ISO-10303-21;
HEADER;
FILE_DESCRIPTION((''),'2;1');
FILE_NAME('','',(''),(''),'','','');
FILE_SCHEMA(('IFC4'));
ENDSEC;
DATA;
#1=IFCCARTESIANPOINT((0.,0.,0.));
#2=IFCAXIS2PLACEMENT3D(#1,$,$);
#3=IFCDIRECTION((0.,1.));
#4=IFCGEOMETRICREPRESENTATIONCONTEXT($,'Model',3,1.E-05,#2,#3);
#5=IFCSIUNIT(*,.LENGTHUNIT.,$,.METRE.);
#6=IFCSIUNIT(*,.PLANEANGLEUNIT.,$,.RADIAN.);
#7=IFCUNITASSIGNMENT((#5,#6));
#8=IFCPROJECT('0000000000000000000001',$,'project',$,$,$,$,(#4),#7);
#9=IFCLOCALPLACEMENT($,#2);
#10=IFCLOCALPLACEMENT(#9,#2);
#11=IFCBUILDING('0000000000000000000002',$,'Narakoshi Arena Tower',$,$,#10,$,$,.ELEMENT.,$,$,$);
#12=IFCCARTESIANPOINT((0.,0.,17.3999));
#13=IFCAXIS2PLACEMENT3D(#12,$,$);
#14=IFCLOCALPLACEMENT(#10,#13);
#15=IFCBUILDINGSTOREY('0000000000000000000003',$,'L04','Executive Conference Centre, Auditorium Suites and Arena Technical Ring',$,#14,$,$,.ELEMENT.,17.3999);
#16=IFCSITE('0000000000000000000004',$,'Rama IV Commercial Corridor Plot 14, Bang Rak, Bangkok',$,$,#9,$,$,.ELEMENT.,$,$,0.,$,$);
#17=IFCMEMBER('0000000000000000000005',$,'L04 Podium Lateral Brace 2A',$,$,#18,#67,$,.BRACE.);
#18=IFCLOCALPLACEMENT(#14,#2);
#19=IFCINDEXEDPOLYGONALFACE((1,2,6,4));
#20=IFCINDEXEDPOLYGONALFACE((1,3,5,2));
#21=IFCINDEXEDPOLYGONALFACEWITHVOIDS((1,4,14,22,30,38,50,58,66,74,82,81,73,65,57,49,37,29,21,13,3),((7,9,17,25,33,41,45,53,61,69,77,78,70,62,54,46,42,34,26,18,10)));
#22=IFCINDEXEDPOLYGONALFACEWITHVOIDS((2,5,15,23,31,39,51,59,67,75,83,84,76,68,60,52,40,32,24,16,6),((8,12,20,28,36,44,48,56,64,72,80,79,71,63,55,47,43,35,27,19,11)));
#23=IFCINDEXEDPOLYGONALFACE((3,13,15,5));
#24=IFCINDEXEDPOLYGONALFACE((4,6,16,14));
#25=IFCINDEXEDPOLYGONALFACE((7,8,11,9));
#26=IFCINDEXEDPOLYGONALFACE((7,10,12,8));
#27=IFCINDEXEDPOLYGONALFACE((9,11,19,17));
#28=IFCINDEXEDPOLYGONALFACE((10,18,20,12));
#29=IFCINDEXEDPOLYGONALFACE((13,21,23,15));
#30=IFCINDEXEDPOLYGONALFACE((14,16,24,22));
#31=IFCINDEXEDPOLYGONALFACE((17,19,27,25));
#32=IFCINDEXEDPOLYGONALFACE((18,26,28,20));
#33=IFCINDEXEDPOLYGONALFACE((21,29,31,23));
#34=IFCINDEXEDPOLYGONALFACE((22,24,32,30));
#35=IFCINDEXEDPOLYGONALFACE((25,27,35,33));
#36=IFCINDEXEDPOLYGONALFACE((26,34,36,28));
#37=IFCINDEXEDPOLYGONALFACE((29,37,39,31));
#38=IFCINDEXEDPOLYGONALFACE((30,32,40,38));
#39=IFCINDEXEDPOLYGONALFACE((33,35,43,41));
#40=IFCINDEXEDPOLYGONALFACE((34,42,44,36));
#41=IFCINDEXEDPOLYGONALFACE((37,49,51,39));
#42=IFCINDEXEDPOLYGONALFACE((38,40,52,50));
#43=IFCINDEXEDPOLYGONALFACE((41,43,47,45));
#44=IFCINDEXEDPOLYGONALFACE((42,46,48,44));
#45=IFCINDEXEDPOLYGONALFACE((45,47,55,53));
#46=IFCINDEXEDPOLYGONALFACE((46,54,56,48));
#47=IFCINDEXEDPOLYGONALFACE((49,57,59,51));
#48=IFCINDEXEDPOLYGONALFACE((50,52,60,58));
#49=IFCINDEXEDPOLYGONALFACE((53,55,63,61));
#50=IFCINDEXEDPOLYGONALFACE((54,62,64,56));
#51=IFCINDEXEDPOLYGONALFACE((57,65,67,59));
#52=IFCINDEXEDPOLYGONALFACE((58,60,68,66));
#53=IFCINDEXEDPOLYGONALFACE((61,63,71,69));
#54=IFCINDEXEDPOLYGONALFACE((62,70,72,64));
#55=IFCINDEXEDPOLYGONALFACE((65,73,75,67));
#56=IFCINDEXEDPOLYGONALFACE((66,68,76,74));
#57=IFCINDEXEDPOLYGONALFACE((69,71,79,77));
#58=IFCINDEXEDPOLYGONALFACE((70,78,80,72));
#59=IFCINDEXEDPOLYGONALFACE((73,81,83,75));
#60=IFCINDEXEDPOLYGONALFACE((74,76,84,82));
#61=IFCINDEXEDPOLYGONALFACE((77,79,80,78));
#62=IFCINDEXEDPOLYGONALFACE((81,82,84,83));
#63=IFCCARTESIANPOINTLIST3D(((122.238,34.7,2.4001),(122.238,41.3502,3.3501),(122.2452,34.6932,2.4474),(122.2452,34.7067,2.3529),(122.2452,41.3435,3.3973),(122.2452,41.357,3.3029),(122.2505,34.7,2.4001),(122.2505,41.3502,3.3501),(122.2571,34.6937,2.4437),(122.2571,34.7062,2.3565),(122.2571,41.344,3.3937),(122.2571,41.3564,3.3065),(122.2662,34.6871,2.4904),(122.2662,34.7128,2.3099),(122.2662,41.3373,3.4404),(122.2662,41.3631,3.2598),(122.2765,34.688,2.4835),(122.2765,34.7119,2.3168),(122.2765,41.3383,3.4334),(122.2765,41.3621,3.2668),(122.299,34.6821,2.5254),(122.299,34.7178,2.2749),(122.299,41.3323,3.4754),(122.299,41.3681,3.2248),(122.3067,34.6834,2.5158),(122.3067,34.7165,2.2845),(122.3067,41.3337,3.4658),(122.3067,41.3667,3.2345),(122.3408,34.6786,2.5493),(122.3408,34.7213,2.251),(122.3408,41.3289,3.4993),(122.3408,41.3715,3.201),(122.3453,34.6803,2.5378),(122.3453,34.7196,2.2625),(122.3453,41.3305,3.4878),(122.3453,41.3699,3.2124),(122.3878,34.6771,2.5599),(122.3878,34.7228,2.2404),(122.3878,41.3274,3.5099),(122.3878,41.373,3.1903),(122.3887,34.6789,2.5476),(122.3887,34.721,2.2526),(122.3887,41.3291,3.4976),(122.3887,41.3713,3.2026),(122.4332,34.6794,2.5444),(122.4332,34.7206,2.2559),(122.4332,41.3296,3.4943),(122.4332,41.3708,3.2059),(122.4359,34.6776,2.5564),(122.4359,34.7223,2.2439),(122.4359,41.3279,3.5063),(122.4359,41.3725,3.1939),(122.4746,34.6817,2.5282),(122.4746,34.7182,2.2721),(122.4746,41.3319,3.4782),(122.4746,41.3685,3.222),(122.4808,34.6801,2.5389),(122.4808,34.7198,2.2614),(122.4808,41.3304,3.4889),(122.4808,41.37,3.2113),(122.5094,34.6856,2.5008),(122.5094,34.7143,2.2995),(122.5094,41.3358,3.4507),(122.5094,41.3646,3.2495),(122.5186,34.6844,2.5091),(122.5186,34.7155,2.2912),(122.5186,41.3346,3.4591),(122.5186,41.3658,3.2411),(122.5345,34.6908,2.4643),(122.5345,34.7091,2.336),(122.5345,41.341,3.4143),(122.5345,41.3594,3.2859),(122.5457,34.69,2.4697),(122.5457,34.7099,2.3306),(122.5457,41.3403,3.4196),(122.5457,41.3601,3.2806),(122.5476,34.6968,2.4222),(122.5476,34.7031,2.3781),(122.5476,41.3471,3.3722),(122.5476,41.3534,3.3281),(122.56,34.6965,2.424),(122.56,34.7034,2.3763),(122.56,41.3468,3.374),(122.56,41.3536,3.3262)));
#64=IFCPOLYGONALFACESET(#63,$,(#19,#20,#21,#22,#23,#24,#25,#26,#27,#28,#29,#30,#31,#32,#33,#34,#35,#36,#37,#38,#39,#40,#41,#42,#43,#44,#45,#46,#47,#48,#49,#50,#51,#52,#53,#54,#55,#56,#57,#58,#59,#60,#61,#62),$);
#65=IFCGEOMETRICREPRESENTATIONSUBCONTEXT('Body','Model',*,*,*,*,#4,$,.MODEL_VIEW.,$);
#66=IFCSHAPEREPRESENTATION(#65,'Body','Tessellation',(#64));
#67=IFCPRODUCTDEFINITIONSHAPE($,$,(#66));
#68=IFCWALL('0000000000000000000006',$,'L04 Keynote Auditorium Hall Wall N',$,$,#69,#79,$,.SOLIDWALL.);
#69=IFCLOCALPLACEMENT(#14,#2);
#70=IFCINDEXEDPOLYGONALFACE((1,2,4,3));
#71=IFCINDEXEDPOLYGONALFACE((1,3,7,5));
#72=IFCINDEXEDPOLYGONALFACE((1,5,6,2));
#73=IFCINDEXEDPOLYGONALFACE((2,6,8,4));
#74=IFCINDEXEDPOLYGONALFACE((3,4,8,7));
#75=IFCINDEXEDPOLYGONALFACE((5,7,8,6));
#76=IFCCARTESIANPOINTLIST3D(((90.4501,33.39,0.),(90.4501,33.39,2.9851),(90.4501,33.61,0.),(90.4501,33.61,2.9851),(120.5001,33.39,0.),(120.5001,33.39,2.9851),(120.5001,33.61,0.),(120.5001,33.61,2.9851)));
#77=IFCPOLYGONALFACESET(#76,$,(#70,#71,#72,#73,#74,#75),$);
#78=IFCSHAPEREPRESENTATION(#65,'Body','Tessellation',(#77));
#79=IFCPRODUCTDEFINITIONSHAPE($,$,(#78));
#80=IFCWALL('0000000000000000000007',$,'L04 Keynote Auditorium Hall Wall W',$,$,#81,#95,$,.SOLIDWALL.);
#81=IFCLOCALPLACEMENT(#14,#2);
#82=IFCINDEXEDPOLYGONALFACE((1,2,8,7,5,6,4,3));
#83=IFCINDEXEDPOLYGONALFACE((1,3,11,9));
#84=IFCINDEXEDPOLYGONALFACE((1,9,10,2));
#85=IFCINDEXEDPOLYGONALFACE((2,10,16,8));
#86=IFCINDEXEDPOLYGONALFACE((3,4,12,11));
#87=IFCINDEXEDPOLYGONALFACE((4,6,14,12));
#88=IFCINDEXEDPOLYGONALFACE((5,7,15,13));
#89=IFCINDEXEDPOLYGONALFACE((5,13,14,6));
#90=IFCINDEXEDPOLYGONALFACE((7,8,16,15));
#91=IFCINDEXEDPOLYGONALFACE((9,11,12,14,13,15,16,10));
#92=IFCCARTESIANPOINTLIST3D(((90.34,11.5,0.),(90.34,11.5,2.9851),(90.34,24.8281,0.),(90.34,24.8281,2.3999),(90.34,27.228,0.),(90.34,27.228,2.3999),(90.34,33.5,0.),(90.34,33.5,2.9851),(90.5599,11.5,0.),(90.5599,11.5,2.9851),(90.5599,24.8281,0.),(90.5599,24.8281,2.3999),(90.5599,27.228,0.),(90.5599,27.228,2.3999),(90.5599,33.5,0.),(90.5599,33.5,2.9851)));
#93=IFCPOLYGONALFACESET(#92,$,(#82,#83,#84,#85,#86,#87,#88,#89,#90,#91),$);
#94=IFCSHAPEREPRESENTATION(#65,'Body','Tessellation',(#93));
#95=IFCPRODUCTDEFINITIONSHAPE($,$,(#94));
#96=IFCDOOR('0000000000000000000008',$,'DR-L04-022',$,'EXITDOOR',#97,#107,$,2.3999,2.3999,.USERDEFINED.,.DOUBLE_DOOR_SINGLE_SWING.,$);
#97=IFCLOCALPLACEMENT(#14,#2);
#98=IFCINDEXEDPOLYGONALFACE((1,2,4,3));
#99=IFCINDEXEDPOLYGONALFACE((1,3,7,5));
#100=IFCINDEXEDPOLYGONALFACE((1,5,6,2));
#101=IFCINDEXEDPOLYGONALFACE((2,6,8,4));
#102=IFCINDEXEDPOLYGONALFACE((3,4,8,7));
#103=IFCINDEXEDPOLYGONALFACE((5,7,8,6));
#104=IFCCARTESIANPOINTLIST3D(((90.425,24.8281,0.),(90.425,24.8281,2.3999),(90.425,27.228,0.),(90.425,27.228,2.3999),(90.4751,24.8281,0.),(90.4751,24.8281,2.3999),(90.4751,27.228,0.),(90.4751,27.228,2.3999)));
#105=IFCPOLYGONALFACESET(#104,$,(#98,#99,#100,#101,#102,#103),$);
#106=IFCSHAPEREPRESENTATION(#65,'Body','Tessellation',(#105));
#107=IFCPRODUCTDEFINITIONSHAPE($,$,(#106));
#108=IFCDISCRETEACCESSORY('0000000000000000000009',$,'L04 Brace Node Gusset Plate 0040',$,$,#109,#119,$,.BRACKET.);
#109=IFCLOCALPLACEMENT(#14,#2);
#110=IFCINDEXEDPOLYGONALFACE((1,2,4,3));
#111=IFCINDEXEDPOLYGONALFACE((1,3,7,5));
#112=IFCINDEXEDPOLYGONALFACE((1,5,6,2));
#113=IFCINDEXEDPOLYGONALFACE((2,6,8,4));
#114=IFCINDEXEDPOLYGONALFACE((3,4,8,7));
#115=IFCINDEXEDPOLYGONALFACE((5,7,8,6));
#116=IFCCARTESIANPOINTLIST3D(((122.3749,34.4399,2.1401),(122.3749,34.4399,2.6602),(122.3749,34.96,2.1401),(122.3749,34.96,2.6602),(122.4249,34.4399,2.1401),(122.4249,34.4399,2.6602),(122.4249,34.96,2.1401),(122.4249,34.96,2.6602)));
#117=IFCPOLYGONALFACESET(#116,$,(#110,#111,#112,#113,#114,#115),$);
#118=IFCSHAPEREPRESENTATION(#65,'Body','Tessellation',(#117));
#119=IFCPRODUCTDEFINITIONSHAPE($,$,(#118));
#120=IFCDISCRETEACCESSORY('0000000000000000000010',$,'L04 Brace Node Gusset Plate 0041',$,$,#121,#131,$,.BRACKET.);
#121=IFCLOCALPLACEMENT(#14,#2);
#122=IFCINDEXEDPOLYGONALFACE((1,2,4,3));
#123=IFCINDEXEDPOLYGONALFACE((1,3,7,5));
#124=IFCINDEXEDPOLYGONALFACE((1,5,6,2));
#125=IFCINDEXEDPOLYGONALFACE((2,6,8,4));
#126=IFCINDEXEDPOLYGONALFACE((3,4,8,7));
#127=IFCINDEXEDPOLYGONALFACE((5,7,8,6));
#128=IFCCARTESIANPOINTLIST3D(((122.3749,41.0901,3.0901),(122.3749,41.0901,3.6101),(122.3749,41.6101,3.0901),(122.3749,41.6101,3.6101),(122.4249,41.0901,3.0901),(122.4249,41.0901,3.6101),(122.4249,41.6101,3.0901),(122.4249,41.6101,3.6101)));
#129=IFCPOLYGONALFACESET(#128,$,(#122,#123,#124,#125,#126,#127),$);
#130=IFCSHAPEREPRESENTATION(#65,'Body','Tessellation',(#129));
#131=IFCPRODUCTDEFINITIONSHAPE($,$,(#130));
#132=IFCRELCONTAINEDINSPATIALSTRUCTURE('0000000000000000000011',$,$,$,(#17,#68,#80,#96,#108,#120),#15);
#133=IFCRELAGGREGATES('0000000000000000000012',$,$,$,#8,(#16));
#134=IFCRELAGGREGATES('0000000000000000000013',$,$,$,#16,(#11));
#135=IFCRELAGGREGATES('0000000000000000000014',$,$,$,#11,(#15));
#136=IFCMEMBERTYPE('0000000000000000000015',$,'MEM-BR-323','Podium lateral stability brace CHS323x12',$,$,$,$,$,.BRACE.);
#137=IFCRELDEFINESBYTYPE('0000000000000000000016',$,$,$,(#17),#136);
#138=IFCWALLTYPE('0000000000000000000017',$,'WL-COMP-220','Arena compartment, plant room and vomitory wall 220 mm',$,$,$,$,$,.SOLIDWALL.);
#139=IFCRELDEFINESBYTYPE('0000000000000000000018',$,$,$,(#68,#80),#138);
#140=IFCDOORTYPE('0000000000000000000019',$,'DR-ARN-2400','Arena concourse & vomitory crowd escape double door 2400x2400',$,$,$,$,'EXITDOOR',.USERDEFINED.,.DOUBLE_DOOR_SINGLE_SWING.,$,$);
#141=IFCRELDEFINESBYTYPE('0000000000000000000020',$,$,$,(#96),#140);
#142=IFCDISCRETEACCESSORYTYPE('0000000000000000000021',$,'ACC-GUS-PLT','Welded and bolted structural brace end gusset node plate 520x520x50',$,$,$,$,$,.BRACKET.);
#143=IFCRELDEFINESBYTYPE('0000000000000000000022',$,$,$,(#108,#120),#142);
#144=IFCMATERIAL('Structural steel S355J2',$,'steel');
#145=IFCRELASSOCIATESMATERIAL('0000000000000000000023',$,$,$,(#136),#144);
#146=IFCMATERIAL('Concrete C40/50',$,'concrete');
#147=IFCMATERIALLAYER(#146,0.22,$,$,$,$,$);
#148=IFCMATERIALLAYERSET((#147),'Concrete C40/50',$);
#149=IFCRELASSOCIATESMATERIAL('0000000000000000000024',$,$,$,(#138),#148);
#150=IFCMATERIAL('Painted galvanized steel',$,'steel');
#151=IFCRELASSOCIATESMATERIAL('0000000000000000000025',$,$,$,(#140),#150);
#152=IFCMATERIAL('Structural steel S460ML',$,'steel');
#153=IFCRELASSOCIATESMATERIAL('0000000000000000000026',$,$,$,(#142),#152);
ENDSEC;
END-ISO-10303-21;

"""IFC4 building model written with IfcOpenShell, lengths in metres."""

from ifc_helpers import new_model, si_unit, direction, frame, frame_2d, origin, origin_2d, place, context, subcontext, project, spatial, rectangle, hollow_circle, extrude, material, layer, layer_set, material_profile, profile_set, type_object, element, fill, save


model = new_model("IFC4")

# Units and contexts
model_context = context("Model", 3, precision=1e-05, world=origin(), true_north=direction((0.0, 1.0)))
body_context = subcontext(model_context, "Body", "Model", "MODEL_VIEW")
ifc_project = project(units=[si_unit("LENGTHUNIT", "METRE"), si_unit("PLANEANGLEUNIT", "RADIAN")], contexts=[model_context])

# Site, building, storey
site_placement = place(None, origin())
site = spatial("IfcSite", under=ifc_project, at=site_placement, Name="Rama IV Commercial Corridor Plot 14, Bang Rak, Bangkok", CompositionType="ELEMENT", RefElevation=0.0)
building_placement = place(site_placement, origin())
building = spatial("IfcBuilding", under=site, at=building_placement, Name="Narakoshi Arena Tower", CompositionType="ELEMENT")
storey_placement = place(building_placement, frame((0.0, 0.0, 17.3999)))
storey = spatial("IfcBuildingStorey", under=building, at=storey_placement, Name="L04", Description="Executive Conference Centre, Auditorium Suites and Arena Technical Ring", CompositionType="ELEMENT", Elevation=17.3999)

# Shared definitions
ifc_material_1 = material(Name="Structural steel S355J2", Category="steel")

# Member
ifc_material_profile_1 = material_profile(ifc_material_1, hollow_circle(Radius=0.1619, WallThickness=0.0125, at=origin_2d()), Name="CHS323x12")
ifc_profile_set_1 = profile_set([ifc_material_profile_1], Name="Structural steel S355J2")
member_type = type_object("IfcMemberType", Name="MEM-BR-323", Description="Podium lateral stability brace CHS323x12", PredefinedType="BRACE", material=ifc_profile_set_1)
member_placement = place(storey_placement, frame((122.3999, 34.7, 2.4001), z_axis=(0.0, 0.989951, 0.141411), x_axis=(-1.0, 0.0, 0.0)))
element("IfcMember", 1, at=member_placement, inside=storey, type_object=member_type, Name="L04 Podium Lateral Brace 2A", PredefinedType="BRACE", context=body_context, shape_type="SweptSolid", body=[
    extrude(hollow_circle(Radius=0.1619, WallThickness=0.0125, at=origin_2d()), origin(), (0.0, 0.0, 1.0), 6.7178),
])

# Wall
ifc_material_2 = material(Name="Concrete C40/50", Category="concrete")
ifc_layer = layer(ifc_material_2, 0.22)
ifc_layer_set = layer_set([ifc_layer], Name="Concrete C40/50")
wall_type = type_object("IfcWallType", Name="WL-COMP-220", Description="Arena compartment, plant room and vomitory wall 220 mm", PredefinedType="SOLIDWALL", material=ifc_layer_set)
wall_1_placement = place(storey_placement, frame((120.5, 33.5, 0.0), z_axis=(0.0, 0.0, 1.0), x_axis=(-1.0, 0.0, 0.0)))
element("IfcWall", 2, at=wall_1_placement, inside=storey, type_object=wall_type, Name="L04 Keynote Auditorium Hall Wall N", PredefinedType="SOLIDWALL", context=body_context, shape_type="SweptSolid", body=[
    extrude(rectangle(XDim=30.05, YDim=0.22, at=frame_2d((15.0249, 0.0))), origin(), (0.0, 0.0, 1.0), 2.9851),
])

# Wall, opening, door
wall_2_placement = place(storey_placement, frame((90.45, 33.5, 0.0), z_axis=(0.0, 0.0, 1.0), x_axis=(0.0, -1.0, 0.0)))
wall_2 = element("IfcWall", 3, at=wall_2_placement, inside=storey, type_object=wall_type, Name="L04 Keynote Auditorium Hall Wall W", PredefinedType="SOLIDWALL", context=body_context, shape_type="SweptSolid", body=[
    extrude(rectangle(XDim=22.0, YDim=0.22, at=frame_2d((11.0, 0.0))), origin(), (0.0, 0.0, 1.0), 2.9851),
])
opening_placement = place(wall_2_placement, frame((6.272, 0.0, 0.0)))
opening = element("IfcOpeningElement", 4, at=opening_placement, cuts=wall_2, PredefinedType="OPENING", context=body_context, shape_type="SweptSolid", body=[
    extrude(rectangle(XDim=2.3999, YDim=2.3999, at=frame_2d((1.2, 1.2))), frame((0.0, 0.1199, 0.0), z_axis=(0.0, -1.0, 0.0), x_axis=(1.0, 0.0, 0.0)), (0.0, 0.0, 1.0), 0.24),
])
ifc_material_3 = material(Name="Painted galvanized steel", Category="steel")
door_type = type_object("IfcDoorType", Name="DR-ARN-2400", Description="Arena concourse & vomitory crowd escape double door 2400x2400", ElementType="EXITDOOR", OperationType="DOUBLE_DOOR_SINGLE_SWING", PredefinedType="USERDEFINED", material=ifc_material_3)
door_placement = place(opening_placement, frame((2.3999, 0.0, 0.0), z_axis=(0.0, 0.0, 1.0), x_axis=(-1.0, 0.0, 0.0)))
door = element("IfcDoor", 5, at=door_placement, inside=storey, type_object=door_type, Name="DR-L04-022", ObjectType="EXITDOOR", OperationType="DOUBLE_DOOR_SINGLE_SWING", OverallHeight=2.3999, OverallWidth=2.3999, PredefinedType="USERDEFINED", context=body_context, shape_type="SweptSolid", body=[
    extrude(rectangle(XDim=2.3999, YDim=2.3999, at=frame_2d((1.2, 1.2))), frame((0.0, 0.0249, 0.0), z_axis=(0.0, -1.0, 0.0), x_axis=(1.0, 0.0, 0.0)), (0.0, 0.0, 1.0), 0.05),
])
fill(opening, door)

# Discrete accessories
ifc_material_4 = material(Name="Structural steel S460ML", Category="steel")
discrete_accessory_type = type_object("IfcDiscreteAccessoryType", Name="ACC-GUS-PLT", Description="Welded and bolted structural brace end gusset node plate 520x520x50", PredefinedType="BRACKET", material=ifc_material_4)
for number, where, z_axis, x_axis, name in (
    (6, (122.3999, 34.7, 2.1401), (0.0, 0.0, 1.0), (0.0, 1.0, 0.0), "L04 Brace Node Gusset Plate 0040"),
    (7, (122.3999, 41.3501, 3.0901), (0.0, 0.0, 1.0), (0.0, 1.0, 0.0), "L04 Brace Node Gusset Plate 0041"),
):
    element("IfcDiscreteAccessory", number, at=place(storey_placement, frame(where, z_axis=z_axis, x_axis=x_axis)), inside=storey, type_object=discrete_accessory_type, Name=name, PredefinedType="BRACKET", context=body_context, shape_type="SweptSolid", body=[
        extrude(rectangle(XDim=0.52, YDim=0.05, at=origin_2d()), origin(), (0.0, 0.0, 1.0), 0.52),
    ])

save(model, "model.ifc")
